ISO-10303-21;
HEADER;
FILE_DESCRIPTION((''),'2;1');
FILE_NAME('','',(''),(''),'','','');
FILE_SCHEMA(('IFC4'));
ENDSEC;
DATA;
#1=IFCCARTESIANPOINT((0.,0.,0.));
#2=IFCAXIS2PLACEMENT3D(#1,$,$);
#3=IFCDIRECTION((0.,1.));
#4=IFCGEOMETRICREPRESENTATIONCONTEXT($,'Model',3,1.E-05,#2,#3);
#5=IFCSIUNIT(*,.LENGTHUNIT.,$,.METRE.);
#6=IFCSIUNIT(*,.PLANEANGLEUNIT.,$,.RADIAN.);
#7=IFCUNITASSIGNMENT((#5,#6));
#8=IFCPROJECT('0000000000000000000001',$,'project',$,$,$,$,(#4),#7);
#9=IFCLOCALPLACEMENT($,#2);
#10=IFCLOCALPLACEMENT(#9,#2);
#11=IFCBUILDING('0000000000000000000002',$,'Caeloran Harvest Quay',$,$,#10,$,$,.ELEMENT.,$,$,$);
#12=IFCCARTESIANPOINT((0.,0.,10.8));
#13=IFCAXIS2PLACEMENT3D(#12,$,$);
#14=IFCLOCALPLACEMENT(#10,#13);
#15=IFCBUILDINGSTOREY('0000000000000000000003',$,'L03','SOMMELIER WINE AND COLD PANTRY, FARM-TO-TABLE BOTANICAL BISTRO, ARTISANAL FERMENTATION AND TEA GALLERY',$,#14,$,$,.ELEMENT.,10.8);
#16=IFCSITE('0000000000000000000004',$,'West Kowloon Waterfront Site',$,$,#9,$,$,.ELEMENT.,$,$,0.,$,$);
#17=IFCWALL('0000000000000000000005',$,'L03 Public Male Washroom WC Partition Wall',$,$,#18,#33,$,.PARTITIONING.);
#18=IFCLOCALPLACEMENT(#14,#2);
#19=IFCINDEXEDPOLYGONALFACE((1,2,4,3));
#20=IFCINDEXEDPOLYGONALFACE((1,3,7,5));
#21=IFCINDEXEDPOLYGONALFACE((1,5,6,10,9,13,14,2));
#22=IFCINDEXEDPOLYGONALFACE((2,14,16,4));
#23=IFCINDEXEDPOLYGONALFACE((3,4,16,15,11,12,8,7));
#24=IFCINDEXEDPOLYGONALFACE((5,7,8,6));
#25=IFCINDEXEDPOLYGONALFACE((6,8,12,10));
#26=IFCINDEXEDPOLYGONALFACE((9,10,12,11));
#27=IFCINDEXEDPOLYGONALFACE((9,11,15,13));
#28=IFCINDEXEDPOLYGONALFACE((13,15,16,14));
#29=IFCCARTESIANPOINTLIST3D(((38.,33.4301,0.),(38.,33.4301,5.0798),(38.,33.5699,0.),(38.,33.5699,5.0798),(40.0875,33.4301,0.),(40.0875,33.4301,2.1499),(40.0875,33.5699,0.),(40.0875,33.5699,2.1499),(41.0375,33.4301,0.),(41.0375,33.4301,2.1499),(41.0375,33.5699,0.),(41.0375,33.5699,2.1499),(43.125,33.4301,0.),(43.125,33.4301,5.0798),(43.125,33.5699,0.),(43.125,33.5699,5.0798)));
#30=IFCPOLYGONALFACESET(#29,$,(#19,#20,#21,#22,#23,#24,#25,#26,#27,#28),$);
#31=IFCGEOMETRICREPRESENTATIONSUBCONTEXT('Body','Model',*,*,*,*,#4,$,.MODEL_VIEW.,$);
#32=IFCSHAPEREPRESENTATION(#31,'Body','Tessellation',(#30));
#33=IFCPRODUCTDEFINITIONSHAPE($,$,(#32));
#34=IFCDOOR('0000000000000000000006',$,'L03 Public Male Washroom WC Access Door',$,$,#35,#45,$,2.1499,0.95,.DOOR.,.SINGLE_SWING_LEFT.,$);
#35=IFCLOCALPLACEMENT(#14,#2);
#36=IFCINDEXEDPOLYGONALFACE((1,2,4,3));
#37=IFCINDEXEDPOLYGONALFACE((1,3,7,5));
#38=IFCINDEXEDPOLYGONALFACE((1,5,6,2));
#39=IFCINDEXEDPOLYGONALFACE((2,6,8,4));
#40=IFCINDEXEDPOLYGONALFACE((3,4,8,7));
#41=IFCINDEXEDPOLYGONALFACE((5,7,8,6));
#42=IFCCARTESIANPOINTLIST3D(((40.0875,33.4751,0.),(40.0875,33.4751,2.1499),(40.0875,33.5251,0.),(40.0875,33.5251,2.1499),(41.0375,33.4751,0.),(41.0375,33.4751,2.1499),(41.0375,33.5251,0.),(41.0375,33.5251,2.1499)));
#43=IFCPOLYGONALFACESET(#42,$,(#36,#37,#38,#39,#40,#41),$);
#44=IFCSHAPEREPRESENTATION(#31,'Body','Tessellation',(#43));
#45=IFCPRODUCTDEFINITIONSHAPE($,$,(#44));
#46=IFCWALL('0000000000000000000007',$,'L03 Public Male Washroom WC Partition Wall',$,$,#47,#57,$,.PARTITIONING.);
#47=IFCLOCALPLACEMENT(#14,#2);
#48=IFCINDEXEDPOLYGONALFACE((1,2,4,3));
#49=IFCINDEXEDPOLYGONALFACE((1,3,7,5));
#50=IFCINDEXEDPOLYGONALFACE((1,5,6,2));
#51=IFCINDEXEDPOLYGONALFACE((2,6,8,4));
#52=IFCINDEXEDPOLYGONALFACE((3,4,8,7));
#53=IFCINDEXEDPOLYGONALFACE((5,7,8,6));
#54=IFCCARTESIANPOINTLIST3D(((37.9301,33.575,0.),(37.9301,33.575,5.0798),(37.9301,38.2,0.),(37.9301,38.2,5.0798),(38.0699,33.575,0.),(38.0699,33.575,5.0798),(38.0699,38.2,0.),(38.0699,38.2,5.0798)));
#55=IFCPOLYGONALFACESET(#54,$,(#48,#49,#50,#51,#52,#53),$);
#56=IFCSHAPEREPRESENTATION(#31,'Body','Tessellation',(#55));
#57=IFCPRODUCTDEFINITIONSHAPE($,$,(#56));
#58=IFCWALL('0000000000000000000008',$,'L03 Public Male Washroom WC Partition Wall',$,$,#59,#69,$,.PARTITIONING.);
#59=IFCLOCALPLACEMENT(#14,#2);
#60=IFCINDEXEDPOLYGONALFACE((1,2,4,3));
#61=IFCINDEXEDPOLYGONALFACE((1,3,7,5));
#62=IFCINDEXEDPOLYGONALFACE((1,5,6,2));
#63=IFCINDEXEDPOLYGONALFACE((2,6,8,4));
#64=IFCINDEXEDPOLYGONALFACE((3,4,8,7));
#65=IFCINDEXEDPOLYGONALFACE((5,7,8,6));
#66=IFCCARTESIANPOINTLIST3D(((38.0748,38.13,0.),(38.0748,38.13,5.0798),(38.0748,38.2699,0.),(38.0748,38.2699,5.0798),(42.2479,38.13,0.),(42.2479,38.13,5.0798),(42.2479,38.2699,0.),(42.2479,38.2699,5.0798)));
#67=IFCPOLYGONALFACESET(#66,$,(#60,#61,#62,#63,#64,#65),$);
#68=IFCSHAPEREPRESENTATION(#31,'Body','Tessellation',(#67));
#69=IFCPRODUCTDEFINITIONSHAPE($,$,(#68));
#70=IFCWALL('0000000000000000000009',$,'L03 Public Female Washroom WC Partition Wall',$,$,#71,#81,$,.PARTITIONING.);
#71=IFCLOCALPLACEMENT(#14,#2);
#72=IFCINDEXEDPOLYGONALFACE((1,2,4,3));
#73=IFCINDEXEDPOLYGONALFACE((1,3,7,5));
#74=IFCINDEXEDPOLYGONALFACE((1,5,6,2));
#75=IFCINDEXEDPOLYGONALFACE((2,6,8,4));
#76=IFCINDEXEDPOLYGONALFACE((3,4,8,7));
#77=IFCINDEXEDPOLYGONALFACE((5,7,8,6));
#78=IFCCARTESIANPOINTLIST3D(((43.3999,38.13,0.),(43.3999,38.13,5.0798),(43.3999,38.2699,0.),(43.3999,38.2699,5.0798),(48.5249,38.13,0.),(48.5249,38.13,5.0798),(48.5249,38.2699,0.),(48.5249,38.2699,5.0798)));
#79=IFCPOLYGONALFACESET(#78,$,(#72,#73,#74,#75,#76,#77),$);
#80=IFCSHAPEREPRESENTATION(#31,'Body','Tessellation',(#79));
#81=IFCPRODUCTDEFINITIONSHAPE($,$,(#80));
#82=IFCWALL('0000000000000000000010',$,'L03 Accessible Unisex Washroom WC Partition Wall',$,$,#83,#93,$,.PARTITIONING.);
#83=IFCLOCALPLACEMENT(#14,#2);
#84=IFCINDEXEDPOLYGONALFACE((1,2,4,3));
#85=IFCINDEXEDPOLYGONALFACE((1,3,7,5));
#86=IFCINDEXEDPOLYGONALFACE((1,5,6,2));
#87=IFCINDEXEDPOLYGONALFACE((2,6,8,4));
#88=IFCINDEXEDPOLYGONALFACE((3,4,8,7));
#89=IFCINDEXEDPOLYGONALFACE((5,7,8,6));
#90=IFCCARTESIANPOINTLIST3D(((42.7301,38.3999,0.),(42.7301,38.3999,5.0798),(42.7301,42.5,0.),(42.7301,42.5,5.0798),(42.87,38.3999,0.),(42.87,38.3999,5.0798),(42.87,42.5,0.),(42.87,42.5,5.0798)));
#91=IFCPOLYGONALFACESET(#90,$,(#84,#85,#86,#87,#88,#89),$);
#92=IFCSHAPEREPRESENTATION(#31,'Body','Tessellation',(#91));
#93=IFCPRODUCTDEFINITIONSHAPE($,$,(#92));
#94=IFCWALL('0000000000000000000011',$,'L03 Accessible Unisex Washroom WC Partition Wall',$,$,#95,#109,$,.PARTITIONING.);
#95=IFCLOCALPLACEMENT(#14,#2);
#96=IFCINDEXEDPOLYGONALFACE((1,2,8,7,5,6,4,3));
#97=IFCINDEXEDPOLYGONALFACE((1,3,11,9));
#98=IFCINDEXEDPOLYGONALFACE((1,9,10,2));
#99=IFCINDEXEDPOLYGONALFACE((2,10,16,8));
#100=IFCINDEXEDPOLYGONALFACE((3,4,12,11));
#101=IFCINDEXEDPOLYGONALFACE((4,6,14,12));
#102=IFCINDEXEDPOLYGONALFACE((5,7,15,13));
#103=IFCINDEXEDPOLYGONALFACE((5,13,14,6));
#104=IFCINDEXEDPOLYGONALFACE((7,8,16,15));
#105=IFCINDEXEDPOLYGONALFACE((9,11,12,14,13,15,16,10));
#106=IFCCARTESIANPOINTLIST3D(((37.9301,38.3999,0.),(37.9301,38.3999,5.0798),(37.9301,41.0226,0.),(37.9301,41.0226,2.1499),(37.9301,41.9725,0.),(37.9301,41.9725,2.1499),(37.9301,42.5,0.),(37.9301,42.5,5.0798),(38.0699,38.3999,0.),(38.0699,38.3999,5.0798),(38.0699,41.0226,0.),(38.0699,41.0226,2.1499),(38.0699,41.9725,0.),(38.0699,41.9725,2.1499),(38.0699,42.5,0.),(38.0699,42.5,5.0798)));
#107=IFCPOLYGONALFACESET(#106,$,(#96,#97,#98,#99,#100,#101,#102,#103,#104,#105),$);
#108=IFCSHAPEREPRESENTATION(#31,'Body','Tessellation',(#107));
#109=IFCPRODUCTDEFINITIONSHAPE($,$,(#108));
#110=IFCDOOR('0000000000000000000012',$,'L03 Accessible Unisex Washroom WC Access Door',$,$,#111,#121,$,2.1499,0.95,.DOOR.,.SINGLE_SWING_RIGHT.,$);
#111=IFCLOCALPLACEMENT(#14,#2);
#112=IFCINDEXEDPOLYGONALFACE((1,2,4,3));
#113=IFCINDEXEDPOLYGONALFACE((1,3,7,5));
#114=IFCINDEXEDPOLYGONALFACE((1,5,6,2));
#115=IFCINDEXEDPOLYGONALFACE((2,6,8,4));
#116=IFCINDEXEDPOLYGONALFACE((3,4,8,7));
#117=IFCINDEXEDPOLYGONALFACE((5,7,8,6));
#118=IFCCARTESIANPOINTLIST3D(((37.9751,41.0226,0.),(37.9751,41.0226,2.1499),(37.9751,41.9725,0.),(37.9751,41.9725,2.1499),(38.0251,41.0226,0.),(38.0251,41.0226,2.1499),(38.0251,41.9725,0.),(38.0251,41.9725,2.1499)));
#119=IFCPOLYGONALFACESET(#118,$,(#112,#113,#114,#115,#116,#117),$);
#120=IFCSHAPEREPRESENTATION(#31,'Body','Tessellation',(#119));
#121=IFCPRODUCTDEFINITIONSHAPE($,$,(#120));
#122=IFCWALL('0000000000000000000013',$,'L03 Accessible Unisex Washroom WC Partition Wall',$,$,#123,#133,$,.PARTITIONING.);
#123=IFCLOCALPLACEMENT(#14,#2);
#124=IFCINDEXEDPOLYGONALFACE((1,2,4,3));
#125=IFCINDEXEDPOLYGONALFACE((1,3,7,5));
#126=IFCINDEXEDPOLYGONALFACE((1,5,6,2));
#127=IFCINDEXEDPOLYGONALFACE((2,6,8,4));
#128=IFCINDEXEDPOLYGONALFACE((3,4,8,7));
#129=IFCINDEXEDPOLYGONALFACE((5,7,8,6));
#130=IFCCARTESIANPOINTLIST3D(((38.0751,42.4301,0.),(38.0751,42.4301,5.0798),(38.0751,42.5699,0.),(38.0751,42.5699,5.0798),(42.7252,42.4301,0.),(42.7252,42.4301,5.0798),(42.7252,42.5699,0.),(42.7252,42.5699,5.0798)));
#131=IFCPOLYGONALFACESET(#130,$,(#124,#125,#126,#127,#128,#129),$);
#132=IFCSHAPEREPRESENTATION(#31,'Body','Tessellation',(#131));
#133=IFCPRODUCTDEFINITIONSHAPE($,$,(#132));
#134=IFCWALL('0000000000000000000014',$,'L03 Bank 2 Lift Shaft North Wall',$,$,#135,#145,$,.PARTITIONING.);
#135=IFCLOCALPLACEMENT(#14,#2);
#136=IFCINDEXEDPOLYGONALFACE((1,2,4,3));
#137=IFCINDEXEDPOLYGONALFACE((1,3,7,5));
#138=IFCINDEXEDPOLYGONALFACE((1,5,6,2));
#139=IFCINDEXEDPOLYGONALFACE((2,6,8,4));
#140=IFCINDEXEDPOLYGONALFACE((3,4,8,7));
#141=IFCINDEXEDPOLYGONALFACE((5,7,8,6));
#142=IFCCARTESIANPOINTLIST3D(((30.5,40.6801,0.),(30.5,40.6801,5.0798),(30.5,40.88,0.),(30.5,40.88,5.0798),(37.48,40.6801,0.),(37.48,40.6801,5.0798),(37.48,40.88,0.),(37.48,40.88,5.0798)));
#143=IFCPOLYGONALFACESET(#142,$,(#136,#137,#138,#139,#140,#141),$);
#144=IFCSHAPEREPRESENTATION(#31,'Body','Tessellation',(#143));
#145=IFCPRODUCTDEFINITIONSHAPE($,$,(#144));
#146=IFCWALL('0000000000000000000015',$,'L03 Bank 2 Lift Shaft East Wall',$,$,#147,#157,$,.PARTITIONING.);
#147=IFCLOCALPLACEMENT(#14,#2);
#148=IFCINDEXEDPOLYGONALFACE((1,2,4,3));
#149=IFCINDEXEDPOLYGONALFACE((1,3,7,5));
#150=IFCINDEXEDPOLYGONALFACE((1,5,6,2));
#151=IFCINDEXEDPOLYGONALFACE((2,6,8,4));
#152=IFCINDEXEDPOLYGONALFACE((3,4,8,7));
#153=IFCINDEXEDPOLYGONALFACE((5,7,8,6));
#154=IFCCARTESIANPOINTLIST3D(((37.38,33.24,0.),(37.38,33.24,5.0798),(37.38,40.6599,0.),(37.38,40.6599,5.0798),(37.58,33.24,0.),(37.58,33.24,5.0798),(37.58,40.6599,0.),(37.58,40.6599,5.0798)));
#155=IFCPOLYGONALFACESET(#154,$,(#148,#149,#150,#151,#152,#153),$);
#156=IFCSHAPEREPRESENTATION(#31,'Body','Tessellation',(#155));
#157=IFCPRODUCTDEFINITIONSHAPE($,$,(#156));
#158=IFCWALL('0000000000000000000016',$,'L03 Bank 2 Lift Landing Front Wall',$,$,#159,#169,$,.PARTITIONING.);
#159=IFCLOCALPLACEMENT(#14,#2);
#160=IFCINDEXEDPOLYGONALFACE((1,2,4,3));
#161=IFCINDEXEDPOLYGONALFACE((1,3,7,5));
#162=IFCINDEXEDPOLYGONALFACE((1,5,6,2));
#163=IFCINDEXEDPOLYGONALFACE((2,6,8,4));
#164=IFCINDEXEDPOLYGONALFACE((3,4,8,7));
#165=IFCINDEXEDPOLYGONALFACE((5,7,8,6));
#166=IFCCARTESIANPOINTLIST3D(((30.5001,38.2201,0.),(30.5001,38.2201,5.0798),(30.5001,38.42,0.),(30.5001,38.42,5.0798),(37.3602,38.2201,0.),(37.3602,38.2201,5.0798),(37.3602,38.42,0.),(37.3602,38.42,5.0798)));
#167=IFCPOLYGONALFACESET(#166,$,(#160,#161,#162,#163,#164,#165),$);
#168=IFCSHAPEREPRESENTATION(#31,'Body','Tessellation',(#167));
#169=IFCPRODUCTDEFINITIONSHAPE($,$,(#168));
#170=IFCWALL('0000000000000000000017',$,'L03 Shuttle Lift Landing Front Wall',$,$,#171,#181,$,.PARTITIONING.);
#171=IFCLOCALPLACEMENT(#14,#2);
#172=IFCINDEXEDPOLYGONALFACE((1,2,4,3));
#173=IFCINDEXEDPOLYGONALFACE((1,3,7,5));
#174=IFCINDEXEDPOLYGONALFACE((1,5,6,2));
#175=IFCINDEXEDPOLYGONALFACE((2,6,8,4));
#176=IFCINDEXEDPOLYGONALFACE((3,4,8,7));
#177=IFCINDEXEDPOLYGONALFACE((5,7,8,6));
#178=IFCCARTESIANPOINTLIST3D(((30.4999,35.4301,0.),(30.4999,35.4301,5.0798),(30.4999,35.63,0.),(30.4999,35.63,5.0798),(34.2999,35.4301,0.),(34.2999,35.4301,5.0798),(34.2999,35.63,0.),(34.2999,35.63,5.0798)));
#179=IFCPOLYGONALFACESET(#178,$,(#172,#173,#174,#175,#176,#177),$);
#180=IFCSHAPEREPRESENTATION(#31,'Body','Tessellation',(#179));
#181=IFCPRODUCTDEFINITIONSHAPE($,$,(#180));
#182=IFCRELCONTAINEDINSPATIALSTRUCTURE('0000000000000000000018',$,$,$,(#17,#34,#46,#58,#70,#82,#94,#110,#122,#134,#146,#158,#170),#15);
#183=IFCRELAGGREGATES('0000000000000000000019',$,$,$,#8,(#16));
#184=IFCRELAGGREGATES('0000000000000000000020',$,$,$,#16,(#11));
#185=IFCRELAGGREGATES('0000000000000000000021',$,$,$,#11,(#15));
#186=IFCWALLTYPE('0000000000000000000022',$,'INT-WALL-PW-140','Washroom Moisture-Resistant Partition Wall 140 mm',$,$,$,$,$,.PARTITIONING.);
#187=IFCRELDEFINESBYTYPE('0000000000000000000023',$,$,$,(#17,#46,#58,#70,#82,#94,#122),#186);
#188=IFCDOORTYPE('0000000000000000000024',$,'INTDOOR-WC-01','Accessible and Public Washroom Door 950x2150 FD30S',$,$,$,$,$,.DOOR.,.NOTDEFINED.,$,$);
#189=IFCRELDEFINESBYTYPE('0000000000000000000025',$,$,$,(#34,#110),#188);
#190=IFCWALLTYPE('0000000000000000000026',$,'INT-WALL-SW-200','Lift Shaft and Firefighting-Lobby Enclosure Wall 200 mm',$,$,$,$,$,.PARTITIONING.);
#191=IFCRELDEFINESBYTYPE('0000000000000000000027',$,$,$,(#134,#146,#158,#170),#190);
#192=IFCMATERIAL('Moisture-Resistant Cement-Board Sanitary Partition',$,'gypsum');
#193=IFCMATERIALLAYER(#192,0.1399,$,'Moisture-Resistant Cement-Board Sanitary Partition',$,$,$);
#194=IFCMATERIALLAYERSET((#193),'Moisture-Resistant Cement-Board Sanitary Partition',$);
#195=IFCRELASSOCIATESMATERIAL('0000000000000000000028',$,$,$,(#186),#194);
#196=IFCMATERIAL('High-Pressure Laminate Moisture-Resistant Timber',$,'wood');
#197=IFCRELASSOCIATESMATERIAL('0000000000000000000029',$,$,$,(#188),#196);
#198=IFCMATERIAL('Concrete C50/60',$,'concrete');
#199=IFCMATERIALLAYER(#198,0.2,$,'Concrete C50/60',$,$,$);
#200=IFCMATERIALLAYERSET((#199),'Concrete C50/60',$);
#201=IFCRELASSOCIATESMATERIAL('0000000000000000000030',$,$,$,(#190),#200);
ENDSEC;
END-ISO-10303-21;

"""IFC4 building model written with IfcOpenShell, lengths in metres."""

from ifc_helpers import new_model, si_unit, direction, frame, frame_2d, origin, place, context, subcontext, project, spatial, rectangle, extrude, material, layer, layer_set, type_object, element, fill, save


model = new_model("IFC4")

# Units and contexts
model_context = context("Model", 3, precision=1e-05, world=origin(), true_north=direction((0.0, 1.0)))
body_context = subcontext(model_context, "Body", "Model", "MODEL_VIEW")
ifc_project = project(units=[si_unit("LENGTHUNIT", "METRE"), si_unit("PLANEANGLEUNIT", "RADIAN")], contexts=[model_context])

# Site, building, storey
site_placement = place(None, origin())
site = spatial("IfcSite", under=ifc_project, at=site_placement, Name="West Kowloon Waterfront Site", CompositionType="ELEMENT", RefElevation=0.0)
building_placement = place(site_placement, origin())
building = spatial("IfcBuilding", under=site, at=building_placement, Name="Caeloran Harvest Quay", CompositionType="ELEMENT")
storey_placement = place(building_placement, frame((0.0, 0.0, 10.8)))
storey = spatial("IfcBuildingStorey", under=building, at=storey_placement, Name="L03", Description="SOMMELIER WINE AND COLD PANTRY, FARM-TO-TABLE BOTANICAL BISTRO, ARTISANAL FERMENTATION AND TEA GALLERY", CompositionType="ELEMENT", Elevation=10.8)

# Shared definitions
ifc_material_1 = material(Name="Moisture-Resistant Cement-Board Sanitary Partition", Category="gypsum")
ifc_layer_1 = layer(ifc_material_1, 0.1399, Name="Moisture-Resistant Cement-Board Sanitary Partition")
ifc_layer_set_1 = layer_set([ifc_layer_1], Name="Moisture-Resistant Cement-Board Sanitary Partition")
wall_type_1 = type_object("IfcWallType", Name="INT-WALL-PW-140", Description="Washroom Moisture-Resistant Partition Wall 140 mm", PredefinedType="PARTITIONING", material=ifc_layer_set_1)

# Wall, opening, door
wall_1_placement = place(storey_placement, frame((43.125, 33.5, 0.0), z_axis=(0.0, 0.0, 1.0), x_axis=(-1.0, 0.0, 0.0)))
wall_1 = element("IfcWall", 1, at=wall_1_placement, inside=storey, type_object=wall_type_1, Name="L03 Public Male Washroom WC Partition Wall", PredefinedType="PARTITIONING", context=body_context, shape_type="SweptSolid", body=[
    extrude(rectangle(XDim=5.125, YDim=0.1399, at=frame_2d((2.5625, 0.0))), origin(), (0.0, 0.0, 1.0), 5.0798),
])
opening_1_placement = place(wall_1_placement, frame((2.0874, 0.0, 0.0)))
opening_1 = element("IfcOpeningElement", 2, at=opening_1_placement, cuts=wall_1, PredefinedType="OPENING", context=body_context, shape_type="SweptSolid", body=[
    extrude(rectangle(XDim=0.95, YDim=2.1499, at=frame_2d((0.4751, 1.075))), frame((0.0, 0.0801, 0.0), z_axis=(0.0, -1.0, 0.0), x_axis=(1.0, 0.0, 0.0)), (0.0, 0.0, 1.0), 0.1599),
])
ifc_material_2 = material(Name="High-Pressure Laminate Moisture-Resistant Timber", Category="wood")
door_type = type_object("IfcDoorType", Name="INTDOOR-WC-01", Description="Accessible and Public Washroom Door 950x2150 FD30S", OperationType="NOTDEFINED", PredefinedType="DOOR", material=ifc_material_2)
door_1_placement = place(opening_1_placement, origin())
door_1 = element("IfcDoor", 3, at=door_1_placement, inside=storey, type_object=door_type, Name="L03 Public Male Washroom WC Access Door", OperationType="SINGLE_SWING_LEFT", OverallHeight=2.1499, OverallWidth=0.95, PredefinedType="DOOR", context=body_context, shape_type="SweptSolid", body=[
    extrude(rectangle(XDim=0.95, YDim=2.1499, at=frame_2d((0.4751, 1.075))), frame((0.0, 0.0249, 0.0), z_axis=(0.0, -1.0, 0.0), x_axis=(1.0, 0.0, 0.0)), (0.0, 0.0, 1.0), 0.05),
])
fill(opening_1, door_1)

# Walls
wall_2_placement = place(storey_placement, frame((38.0, 33.575, 0.0), z_axis=(0.0, 0.0, 1.0), x_axis=(0.0, 1.0, 0.0)))
element("IfcWall", 4, at=wall_2_placement, inside=storey, type_object=wall_type_1, Name="L03 Public Male Washroom WC Partition Wall", PredefinedType="PARTITIONING", context=body_context, shape_type="SweptSolid", body=[
    extrude(rectangle(XDim=4.625, YDim=0.1399, at=frame_2d((2.3125, 0.0))), origin(), (0.0, 0.0, 1.0), 5.0798),
])
wall_3_placement = place(storey_placement, frame((38.075, 38.2, 0.0), z_axis=(0.0, 0.0, 1.0), x_axis=(1.0, 0.0, 0.0)))
element("IfcWall", 5, at=wall_3_placement, inside=storey, type_object=wall_type_1, Name="L03 Public Male Washroom WC Partition Wall", PredefinedType="PARTITIONING", context=body_context, shape_type="SweptSolid", body=[
    extrude(rectangle(XDim=4.1731, YDim=0.1399, at=frame_2d((2.0864, 0.0))), origin(), (0.0, 0.0, 1.0), 5.0798),
])
wall_4_placement = place(storey_placement, frame((43.3999, 38.2, 0.0), z_axis=(0.0, 0.0, 1.0), x_axis=(1.0, 0.0, 0.0)))
element("IfcWall", 6, at=wall_4_placement, inside=storey, type_object=wall_type_1, Name="L03 Public Female Washroom WC Partition Wall", PredefinedType="PARTITIONING", context=body_context, shape_type="SweptSolid", body=[
    extrude(rectangle(XDim=5.125, YDim=0.1399, at=frame_2d((2.5625, 0.0))), origin(), (0.0, 0.0, 1.0), 5.0798),
])
wall_5_placement = place(storey_placement, frame((42.8, 42.5, 0.0), z_axis=(0.0, 0.0, 1.0), x_axis=(0.0, -1.0, 0.0)))
element("IfcWall", 7, at=wall_5_placement, inside=storey, type_object=wall_type_1, Name="L03 Accessible Unisex Washroom WC Partition Wall", PredefinedType="PARTITIONING", context=body_context, shape_type="SweptSolid", body=[
    extrude(rectangle(XDim=4.1001, YDim=0.1399, at=frame_2d((2.05, 0.0))), origin(), (0.0, 0.0, 1.0), 5.0798),
])

# Wall, opening, door
wall_6_placement = place(storey_placement, frame((38.0, 38.3999, 0.0), z_axis=(0.0, 0.0, 1.0), x_axis=(0.0, 1.0, 0.0)))
wall_6 = element("IfcWall", 8, at=wall_6_placement, inside=storey, type_object=wall_type_1, Name="L03 Accessible Unisex Washroom WC Partition Wall", PredefinedType="PARTITIONING", context=body_context, shape_type="SweptSolid", body=[
    extrude(rectangle(XDim=4.1001, YDim=0.1399, at=frame_2d((2.05, 0.0))), origin(), (0.0, 0.0, 1.0), 5.0798),
])
opening_2_placement = place(wall_6_placement, frame((2.6226, 0.0, 0.0)))
opening_2 = element("IfcOpeningElement", 9, at=opening_2_placement, cuts=wall_6, PredefinedType="OPENING", context=body_context, shape_type="SweptSolid", body=[
    extrude(rectangle(XDim=0.95, YDim=2.1499, at=frame_2d((0.4751, 1.075))), frame((0.0, 0.0801, 0.0), z_axis=(0.0, -1.0, 0.0), x_axis=(1.0, 0.0, 0.0)), (0.0, 0.0, 1.0), 0.1599),
])
door_2_placement = place(opening_2_placement, origin())
door_2 = element("IfcDoor", 10, at=door_2_placement, inside=storey, type_object=door_type, Name="L03 Accessible Unisex Washroom WC Access Door", OperationType="SINGLE_SWING_RIGHT", OverallHeight=2.1499, OverallWidth=0.95, PredefinedType="DOOR", context=body_context, shape_type="SweptSolid", body=[
    extrude(rectangle(XDim=0.95, YDim=2.1499, at=frame_2d((0.4751, 1.075))), frame((0.0, 0.0249, 0.0), z_axis=(0.0, -1.0, 0.0), x_axis=(1.0, 0.0, 0.0)), (0.0, 0.0, 1.0), 0.05),
])
fill(opening_2, door_2)

# Walls
wall_7_placement = place(storey_placement, frame((38.075, 42.5, 0.0), z_axis=(0.0, 0.0, 1.0), x_axis=(1.0, 0.0, 0.0)))
element("IfcWall", 11, at=wall_7_placement, inside=storey, type_object=wall_type_1, Name="L03 Accessible Unisex Washroom WC Partition Wall", PredefinedType="PARTITIONING", context=body_context, shape_type="SweptSolid", body=[
    extrude(rectangle(XDim=4.6501, YDim=0.1399, at=frame_2d((2.3252, 0.0))), origin(), (0.0, 0.0, 1.0), 5.0798),
])
ifc_material_3 = material(Name="Concrete C50/60", Category="concrete")
ifc_layer_2 = layer(ifc_material_3, 0.2, Name="Concrete C50/60")
ifc_layer_set_2 = layer_set([ifc_layer_2], Name="Concrete C50/60")
wall_type_2 = type_object("IfcWallType", Name="INT-WALL-SW-200", Description="Lift Shaft and Firefighting-Lobby Enclosure Wall 200 mm", PredefinedType="PARTITIONING", material=ifc_layer_set_2)
wall_8_placement = place(storey_placement, frame((30.5, 40.78, 0.0), z_axis=(0.0, 0.0, 1.0), x_axis=(1.0, 0.0, 0.0)))
element("IfcWall", 12, at=wall_8_placement, inside=storey, type_object=wall_type_2, Name="L03 Bank 2 Lift Shaft North Wall", PredefinedType="PARTITIONING", context=body_context, shape_type="SweptSolid", body=[
    extrude(rectangle(XDim=6.98, YDim=0.2, at=frame_2d((3.49, 0.0))), origin(), (0.0, 0.0, 1.0), 5.0798),
])
wall_9_placement = place(storey_placement, frame((37.48, 33.24, 0.0), z_axis=(0.0, 0.0, 1.0), x_axis=(0.0, 1.0, 0.0)))
element("IfcWall", 13, at=wall_9_placement, inside=storey, type_object=wall_type_2, Name="L03 Bank 2 Lift Shaft East Wall", PredefinedType="PARTITIONING", context=body_context, shape_type="SweptSolid", body=[
    extrude(rectangle(XDim=7.4199, YDim=0.2, at=frame_2d((3.71, 0.0))), origin(), (0.0, 0.0, 1.0), 5.0798),
])
wall_10_placement = place(storey_placement, frame((30.5, 38.3201, 0.0), z_axis=(0.0, 0.0, 1.0), x_axis=(1.0, 0.0, 0.0)))
element("IfcWall", 14, at=wall_10_placement, inside=storey, type_object=wall_type_2, Name="L03 Bank 2 Lift Landing Front Wall", PredefinedType="PARTITIONING", context=body_context, shape_type="SweptSolid", body=[
    extrude(rectangle(XDim=6.8601, YDim=0.2, at=frame_2d((3.4302, 0.0))), origin(), (0.0, 0.0, 1.0), 5.0798),
])
wall_11_placement = place(storey_placement, frame((30.5, 35.53, 0.0), z_axis=(0.0, 0.0, 1.0), x_axis=(1.0, 0.0, 0.0)))
element("IfcWall", 15, at=wall_11_placement, inside=storey, type_object=wall_type_2, Name="L03 Shuttle Lift Landing Front Wall", PredefinedType="PARTITIONING", context=body_context, shape_type="SweptSolid", body=[
    extrude(rectangle(XDim=3.8, YDim=0.2, at=frame_2d((1.8999, 0.0))), origin(), (0.0, 0.0, 1.0), 5.0798),
])

save(model, "model.ifc")
